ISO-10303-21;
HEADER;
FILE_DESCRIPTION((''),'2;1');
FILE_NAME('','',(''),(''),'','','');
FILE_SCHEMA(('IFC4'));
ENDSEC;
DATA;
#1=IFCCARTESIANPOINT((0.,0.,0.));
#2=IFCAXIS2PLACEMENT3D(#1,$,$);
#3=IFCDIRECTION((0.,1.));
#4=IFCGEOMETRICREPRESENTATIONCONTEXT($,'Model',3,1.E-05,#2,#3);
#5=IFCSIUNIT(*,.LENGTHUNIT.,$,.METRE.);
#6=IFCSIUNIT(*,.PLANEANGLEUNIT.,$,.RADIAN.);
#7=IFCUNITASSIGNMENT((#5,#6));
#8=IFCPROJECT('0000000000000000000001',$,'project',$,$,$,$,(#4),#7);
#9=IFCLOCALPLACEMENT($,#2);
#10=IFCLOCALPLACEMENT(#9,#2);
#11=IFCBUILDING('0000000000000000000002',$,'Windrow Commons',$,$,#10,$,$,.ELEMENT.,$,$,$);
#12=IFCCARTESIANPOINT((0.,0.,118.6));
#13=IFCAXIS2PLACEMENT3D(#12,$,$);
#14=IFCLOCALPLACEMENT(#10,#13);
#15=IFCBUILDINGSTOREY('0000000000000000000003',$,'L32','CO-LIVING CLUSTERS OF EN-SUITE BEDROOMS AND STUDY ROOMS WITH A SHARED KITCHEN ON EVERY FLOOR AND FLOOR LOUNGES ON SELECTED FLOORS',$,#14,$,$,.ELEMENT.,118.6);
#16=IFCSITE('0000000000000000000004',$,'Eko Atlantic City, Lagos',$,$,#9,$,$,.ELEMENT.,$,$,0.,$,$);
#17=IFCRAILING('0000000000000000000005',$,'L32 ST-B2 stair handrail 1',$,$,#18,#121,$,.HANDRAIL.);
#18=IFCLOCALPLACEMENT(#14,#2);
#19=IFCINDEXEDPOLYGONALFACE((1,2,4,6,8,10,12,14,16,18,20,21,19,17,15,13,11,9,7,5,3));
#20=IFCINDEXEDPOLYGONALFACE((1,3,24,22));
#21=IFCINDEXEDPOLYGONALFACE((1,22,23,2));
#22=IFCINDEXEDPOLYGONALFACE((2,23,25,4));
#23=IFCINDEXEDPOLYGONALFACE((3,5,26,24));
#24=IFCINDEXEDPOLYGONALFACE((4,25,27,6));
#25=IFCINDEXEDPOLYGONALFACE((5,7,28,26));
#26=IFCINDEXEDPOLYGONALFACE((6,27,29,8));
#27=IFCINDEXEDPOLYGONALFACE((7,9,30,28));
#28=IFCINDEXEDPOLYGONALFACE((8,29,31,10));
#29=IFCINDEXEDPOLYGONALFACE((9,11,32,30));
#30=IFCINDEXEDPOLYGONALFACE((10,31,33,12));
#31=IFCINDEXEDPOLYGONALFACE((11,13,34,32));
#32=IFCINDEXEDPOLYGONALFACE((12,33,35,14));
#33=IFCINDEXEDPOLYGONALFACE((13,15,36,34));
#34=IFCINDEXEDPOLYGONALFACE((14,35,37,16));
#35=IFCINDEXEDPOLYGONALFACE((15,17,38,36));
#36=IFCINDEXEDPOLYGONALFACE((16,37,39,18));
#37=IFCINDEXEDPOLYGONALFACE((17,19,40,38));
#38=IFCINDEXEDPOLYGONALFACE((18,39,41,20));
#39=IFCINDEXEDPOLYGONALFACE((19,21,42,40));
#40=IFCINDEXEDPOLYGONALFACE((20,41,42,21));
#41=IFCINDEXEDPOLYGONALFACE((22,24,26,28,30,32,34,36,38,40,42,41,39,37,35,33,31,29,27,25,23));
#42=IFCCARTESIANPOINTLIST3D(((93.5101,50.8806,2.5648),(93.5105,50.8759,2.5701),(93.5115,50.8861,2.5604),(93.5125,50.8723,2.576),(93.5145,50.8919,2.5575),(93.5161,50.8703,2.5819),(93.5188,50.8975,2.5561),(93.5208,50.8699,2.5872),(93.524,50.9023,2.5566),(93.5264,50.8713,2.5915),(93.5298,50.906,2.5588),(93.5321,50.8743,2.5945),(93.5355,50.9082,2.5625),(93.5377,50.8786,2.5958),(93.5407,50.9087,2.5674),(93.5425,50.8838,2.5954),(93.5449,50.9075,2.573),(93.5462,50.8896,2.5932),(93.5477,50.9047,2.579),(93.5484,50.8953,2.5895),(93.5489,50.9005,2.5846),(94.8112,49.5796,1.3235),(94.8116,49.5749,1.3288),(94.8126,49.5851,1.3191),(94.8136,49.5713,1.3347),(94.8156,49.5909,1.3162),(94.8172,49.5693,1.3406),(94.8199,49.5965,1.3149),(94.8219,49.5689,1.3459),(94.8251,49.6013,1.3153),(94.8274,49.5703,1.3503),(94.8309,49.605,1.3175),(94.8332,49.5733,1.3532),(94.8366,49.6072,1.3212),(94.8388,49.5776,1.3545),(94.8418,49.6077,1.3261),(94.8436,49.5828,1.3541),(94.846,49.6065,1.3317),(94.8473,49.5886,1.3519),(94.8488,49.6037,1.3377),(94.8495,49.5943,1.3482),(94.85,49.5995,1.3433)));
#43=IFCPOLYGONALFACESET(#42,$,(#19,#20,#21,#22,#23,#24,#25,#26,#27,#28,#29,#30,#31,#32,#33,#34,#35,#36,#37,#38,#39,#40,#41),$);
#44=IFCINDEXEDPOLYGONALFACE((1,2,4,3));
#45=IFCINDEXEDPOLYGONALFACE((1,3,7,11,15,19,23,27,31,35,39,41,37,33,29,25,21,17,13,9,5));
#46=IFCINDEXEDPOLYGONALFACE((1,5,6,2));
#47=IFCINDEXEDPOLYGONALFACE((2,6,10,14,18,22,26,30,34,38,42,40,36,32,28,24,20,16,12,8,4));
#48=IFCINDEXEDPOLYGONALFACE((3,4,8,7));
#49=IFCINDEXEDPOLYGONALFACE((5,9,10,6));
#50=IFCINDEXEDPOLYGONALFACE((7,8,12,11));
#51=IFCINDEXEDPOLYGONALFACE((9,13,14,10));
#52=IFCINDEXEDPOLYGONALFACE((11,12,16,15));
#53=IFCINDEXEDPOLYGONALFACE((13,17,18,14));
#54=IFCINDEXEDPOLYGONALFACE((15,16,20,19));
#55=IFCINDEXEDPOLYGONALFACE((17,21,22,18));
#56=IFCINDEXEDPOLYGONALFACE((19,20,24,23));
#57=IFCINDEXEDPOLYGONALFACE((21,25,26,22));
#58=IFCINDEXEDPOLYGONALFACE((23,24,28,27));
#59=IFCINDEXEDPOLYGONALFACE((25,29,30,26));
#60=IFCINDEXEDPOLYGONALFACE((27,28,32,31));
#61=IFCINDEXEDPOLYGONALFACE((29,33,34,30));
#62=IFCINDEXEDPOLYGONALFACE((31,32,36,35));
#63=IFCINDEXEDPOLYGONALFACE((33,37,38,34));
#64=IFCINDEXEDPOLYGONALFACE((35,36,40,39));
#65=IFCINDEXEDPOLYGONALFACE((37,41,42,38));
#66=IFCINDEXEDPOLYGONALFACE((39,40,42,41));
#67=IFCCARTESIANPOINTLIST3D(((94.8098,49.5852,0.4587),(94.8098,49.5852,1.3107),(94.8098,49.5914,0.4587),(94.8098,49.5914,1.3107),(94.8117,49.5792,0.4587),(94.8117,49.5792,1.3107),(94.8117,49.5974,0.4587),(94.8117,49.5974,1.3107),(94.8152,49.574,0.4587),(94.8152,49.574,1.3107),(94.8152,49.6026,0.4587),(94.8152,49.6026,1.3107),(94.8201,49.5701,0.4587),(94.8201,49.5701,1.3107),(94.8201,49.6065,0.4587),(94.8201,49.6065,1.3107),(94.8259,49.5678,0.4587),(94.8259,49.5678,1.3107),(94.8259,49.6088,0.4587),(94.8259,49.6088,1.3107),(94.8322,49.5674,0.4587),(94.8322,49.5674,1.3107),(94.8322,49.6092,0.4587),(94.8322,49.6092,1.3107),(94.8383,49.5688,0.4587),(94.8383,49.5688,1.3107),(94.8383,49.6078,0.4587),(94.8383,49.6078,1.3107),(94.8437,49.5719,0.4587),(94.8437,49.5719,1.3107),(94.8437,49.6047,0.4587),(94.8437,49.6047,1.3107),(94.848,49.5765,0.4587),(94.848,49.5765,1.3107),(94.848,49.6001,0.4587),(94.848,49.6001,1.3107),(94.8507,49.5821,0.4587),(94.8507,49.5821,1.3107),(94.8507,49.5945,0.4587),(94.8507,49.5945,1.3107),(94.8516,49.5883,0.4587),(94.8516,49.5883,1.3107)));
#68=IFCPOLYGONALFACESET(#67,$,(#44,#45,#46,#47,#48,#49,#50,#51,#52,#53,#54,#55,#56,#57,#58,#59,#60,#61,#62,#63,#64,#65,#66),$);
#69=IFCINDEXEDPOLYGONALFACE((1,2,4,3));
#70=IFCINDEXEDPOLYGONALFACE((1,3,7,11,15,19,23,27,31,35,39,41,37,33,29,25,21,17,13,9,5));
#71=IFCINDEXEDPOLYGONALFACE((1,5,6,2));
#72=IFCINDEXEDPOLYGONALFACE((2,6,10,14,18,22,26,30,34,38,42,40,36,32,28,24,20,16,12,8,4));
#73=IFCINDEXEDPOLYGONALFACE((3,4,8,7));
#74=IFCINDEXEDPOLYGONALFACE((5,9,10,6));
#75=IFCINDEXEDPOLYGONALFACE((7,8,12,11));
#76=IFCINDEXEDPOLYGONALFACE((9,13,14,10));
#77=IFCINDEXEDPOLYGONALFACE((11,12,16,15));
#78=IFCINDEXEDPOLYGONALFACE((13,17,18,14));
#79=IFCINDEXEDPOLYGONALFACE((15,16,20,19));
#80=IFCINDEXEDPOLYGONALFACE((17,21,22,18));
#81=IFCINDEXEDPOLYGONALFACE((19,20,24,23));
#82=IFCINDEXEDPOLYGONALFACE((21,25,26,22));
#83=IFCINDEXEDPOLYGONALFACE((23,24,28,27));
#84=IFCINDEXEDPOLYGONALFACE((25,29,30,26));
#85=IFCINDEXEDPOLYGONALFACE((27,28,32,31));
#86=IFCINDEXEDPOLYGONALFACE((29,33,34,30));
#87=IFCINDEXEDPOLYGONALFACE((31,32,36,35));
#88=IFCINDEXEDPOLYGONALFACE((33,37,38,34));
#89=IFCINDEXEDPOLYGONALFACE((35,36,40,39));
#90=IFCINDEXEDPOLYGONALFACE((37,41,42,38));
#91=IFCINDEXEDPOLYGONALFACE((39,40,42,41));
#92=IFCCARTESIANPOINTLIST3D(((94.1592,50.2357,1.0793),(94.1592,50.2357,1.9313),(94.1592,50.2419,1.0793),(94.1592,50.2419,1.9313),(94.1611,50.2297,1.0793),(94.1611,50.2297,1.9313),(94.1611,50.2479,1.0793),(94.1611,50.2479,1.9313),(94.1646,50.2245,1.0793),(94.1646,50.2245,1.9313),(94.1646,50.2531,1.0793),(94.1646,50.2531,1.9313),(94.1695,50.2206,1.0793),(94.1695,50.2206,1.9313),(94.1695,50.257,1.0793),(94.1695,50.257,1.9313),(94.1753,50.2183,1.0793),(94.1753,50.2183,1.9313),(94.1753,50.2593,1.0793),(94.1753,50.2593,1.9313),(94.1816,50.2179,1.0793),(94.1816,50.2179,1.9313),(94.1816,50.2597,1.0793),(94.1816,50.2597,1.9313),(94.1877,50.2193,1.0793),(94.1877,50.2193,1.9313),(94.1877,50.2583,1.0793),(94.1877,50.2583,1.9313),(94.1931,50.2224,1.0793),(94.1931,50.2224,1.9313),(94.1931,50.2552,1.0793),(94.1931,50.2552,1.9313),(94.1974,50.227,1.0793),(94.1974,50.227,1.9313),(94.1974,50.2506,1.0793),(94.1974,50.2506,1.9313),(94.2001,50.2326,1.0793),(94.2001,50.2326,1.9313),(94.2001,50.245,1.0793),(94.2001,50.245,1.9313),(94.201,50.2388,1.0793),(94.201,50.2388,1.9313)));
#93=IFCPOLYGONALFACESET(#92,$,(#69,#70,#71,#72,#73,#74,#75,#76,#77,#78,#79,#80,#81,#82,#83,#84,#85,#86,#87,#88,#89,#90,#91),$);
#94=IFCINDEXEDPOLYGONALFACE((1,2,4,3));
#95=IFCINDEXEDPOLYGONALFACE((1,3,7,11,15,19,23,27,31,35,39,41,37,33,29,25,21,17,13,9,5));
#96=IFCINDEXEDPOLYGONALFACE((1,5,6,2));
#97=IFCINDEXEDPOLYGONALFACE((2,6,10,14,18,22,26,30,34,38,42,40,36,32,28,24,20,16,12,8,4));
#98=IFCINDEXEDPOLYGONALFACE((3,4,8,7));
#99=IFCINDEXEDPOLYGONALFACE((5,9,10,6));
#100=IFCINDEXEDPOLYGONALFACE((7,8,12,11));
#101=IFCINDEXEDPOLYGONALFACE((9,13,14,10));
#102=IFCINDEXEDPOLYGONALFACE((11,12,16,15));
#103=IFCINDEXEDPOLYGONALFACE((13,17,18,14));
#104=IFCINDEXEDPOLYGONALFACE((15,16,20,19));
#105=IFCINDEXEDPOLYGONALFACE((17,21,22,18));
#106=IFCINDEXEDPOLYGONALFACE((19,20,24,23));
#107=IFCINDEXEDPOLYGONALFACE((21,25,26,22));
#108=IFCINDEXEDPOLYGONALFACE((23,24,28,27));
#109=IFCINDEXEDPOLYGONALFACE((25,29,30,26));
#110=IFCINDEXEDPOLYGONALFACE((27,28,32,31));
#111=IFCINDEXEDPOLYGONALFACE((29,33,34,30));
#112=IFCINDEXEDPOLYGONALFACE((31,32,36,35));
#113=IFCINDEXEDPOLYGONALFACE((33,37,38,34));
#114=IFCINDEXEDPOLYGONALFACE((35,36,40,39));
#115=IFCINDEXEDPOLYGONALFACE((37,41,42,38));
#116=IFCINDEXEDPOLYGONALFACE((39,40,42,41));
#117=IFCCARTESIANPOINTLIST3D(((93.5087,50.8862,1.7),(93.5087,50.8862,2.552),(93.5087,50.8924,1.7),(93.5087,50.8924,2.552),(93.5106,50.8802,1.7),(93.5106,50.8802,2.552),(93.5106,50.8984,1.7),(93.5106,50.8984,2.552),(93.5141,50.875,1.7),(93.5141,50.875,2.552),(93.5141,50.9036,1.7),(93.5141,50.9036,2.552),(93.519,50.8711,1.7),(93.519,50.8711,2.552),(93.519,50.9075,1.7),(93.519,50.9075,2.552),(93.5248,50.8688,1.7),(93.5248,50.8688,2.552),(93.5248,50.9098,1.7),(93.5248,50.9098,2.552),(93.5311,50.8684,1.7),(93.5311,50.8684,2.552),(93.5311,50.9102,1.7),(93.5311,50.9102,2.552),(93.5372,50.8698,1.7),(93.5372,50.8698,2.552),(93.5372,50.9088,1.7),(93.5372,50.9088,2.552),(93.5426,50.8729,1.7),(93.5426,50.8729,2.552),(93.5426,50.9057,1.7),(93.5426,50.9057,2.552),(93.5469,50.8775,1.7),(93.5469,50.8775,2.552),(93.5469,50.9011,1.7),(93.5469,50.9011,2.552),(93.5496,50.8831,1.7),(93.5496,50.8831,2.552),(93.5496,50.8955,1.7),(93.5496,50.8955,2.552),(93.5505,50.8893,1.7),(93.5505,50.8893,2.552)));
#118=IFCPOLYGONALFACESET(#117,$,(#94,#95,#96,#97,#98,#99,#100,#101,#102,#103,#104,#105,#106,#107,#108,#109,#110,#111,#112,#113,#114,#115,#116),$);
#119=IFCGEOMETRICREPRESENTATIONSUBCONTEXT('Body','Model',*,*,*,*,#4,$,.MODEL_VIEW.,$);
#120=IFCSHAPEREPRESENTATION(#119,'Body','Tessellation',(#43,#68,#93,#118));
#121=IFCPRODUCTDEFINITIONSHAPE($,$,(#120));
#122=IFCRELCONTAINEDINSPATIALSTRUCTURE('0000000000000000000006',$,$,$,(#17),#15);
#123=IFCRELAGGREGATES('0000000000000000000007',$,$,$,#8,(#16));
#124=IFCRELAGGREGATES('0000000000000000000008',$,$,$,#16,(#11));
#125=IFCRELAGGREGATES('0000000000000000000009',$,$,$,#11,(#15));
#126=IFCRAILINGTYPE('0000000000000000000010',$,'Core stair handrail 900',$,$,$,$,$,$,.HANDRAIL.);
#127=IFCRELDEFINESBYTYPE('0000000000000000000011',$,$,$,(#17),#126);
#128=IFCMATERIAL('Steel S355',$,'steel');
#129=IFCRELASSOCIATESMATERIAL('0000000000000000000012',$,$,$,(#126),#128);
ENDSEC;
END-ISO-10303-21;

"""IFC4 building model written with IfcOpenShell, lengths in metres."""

from ifc_helpers import new_model, si_unit, direction, frame, origin, origin_2d, place, context, subcontext, project, spatial, circle, extrude, material, type_object, element, save


model = new_model("IFC4")

# Units and contexts
model_context = context("Model", 3, precision=1e-05, world=origin(), true_north=direction((0.0, 1.0)))
body_context = subcontext(model_context, "Body", "Model", "MODEL_VIEW")
ifc_project = project(units=[si_unit("LENGTHUNIT", "METRE"), si_unit("PLANEANGLEUNIT", "RADIAN")], contexts=[model_context])

# Site, building, storey
site_placement = place(None, origin())
site = spatial("IfcSite", under=ifc_project, at=site_placement, Name="Eko Atlantic City, Lagos", CompositionType="ELEMENT", RefElevation=0.0)
building_placement = place(site_placement, origin())
building = spatial("IfcBuilding", under=site, at=building_placement, Name="Windrow Commons", CompositionType="ELEMENT")
storey_placement = place(building_placement, frame((0.0, 0.0, 118.6)))
storey = spatial("IfcBuildingStorey", under=building, at=storey_placement, Name="L32", Description="CO-LIVING CLUSTERS OF EN-SUITE BEDROOMS AND STUDY ROOMS WITH A SHARED KITCHEN ON EVERY FLOOR AND FLOOR LOUNGES ON SELECTED FLOORS", CompositionType="ELEMENT", Elevation=118.6)

# Railing
ifc_material_1 = material(Name="Steel S355", Category="steel")
railing_type_1 = type_object("IfcRailingType", Name="Core stair handrail 900", PredefinedType="HANDRAIL", material=ifc_material_1)
railing_1_placement = place(storey_placement, frame((94.8306, 49.5883, 0.4587)))
element("IfcRailing", 1, at=railing_1_placement, inside=storey, type_object=railing_type_1, Name="L32 ST-B2 stair handrail 1", PredefinedType="HANDRAIL", context=body_context, shape_type="SweptSolid", body=[
    extrude(circle(Radius=0.024, at=origin_2d()), frame((0.0, 0.0, 0.876), z_axis=(-0.586207, 0.586162, 0.559264), x_axis=(-0.70708, -0.707134, 0.0)), (0.0, 0.0, 1.0), 2.2195),
    extrude(circle(Radius=0.021, at=origin_2d()), origin(), (0.0, 0.0, 1.0), 0.852),
    extrude(circle(Radius=0.021, at=origin_2d()), frame((-0.6506, 0.6505, 0.6206)), (0.0, 0.0, 1.0), 0.852),
    extrude(circle(Radius=0.021, at=origin_2d()), frame((-1.3011, 1.301, 1.2413)), (0.0, 0.0, 1.0), 0.852),
])

save(model, "model.ifc")
